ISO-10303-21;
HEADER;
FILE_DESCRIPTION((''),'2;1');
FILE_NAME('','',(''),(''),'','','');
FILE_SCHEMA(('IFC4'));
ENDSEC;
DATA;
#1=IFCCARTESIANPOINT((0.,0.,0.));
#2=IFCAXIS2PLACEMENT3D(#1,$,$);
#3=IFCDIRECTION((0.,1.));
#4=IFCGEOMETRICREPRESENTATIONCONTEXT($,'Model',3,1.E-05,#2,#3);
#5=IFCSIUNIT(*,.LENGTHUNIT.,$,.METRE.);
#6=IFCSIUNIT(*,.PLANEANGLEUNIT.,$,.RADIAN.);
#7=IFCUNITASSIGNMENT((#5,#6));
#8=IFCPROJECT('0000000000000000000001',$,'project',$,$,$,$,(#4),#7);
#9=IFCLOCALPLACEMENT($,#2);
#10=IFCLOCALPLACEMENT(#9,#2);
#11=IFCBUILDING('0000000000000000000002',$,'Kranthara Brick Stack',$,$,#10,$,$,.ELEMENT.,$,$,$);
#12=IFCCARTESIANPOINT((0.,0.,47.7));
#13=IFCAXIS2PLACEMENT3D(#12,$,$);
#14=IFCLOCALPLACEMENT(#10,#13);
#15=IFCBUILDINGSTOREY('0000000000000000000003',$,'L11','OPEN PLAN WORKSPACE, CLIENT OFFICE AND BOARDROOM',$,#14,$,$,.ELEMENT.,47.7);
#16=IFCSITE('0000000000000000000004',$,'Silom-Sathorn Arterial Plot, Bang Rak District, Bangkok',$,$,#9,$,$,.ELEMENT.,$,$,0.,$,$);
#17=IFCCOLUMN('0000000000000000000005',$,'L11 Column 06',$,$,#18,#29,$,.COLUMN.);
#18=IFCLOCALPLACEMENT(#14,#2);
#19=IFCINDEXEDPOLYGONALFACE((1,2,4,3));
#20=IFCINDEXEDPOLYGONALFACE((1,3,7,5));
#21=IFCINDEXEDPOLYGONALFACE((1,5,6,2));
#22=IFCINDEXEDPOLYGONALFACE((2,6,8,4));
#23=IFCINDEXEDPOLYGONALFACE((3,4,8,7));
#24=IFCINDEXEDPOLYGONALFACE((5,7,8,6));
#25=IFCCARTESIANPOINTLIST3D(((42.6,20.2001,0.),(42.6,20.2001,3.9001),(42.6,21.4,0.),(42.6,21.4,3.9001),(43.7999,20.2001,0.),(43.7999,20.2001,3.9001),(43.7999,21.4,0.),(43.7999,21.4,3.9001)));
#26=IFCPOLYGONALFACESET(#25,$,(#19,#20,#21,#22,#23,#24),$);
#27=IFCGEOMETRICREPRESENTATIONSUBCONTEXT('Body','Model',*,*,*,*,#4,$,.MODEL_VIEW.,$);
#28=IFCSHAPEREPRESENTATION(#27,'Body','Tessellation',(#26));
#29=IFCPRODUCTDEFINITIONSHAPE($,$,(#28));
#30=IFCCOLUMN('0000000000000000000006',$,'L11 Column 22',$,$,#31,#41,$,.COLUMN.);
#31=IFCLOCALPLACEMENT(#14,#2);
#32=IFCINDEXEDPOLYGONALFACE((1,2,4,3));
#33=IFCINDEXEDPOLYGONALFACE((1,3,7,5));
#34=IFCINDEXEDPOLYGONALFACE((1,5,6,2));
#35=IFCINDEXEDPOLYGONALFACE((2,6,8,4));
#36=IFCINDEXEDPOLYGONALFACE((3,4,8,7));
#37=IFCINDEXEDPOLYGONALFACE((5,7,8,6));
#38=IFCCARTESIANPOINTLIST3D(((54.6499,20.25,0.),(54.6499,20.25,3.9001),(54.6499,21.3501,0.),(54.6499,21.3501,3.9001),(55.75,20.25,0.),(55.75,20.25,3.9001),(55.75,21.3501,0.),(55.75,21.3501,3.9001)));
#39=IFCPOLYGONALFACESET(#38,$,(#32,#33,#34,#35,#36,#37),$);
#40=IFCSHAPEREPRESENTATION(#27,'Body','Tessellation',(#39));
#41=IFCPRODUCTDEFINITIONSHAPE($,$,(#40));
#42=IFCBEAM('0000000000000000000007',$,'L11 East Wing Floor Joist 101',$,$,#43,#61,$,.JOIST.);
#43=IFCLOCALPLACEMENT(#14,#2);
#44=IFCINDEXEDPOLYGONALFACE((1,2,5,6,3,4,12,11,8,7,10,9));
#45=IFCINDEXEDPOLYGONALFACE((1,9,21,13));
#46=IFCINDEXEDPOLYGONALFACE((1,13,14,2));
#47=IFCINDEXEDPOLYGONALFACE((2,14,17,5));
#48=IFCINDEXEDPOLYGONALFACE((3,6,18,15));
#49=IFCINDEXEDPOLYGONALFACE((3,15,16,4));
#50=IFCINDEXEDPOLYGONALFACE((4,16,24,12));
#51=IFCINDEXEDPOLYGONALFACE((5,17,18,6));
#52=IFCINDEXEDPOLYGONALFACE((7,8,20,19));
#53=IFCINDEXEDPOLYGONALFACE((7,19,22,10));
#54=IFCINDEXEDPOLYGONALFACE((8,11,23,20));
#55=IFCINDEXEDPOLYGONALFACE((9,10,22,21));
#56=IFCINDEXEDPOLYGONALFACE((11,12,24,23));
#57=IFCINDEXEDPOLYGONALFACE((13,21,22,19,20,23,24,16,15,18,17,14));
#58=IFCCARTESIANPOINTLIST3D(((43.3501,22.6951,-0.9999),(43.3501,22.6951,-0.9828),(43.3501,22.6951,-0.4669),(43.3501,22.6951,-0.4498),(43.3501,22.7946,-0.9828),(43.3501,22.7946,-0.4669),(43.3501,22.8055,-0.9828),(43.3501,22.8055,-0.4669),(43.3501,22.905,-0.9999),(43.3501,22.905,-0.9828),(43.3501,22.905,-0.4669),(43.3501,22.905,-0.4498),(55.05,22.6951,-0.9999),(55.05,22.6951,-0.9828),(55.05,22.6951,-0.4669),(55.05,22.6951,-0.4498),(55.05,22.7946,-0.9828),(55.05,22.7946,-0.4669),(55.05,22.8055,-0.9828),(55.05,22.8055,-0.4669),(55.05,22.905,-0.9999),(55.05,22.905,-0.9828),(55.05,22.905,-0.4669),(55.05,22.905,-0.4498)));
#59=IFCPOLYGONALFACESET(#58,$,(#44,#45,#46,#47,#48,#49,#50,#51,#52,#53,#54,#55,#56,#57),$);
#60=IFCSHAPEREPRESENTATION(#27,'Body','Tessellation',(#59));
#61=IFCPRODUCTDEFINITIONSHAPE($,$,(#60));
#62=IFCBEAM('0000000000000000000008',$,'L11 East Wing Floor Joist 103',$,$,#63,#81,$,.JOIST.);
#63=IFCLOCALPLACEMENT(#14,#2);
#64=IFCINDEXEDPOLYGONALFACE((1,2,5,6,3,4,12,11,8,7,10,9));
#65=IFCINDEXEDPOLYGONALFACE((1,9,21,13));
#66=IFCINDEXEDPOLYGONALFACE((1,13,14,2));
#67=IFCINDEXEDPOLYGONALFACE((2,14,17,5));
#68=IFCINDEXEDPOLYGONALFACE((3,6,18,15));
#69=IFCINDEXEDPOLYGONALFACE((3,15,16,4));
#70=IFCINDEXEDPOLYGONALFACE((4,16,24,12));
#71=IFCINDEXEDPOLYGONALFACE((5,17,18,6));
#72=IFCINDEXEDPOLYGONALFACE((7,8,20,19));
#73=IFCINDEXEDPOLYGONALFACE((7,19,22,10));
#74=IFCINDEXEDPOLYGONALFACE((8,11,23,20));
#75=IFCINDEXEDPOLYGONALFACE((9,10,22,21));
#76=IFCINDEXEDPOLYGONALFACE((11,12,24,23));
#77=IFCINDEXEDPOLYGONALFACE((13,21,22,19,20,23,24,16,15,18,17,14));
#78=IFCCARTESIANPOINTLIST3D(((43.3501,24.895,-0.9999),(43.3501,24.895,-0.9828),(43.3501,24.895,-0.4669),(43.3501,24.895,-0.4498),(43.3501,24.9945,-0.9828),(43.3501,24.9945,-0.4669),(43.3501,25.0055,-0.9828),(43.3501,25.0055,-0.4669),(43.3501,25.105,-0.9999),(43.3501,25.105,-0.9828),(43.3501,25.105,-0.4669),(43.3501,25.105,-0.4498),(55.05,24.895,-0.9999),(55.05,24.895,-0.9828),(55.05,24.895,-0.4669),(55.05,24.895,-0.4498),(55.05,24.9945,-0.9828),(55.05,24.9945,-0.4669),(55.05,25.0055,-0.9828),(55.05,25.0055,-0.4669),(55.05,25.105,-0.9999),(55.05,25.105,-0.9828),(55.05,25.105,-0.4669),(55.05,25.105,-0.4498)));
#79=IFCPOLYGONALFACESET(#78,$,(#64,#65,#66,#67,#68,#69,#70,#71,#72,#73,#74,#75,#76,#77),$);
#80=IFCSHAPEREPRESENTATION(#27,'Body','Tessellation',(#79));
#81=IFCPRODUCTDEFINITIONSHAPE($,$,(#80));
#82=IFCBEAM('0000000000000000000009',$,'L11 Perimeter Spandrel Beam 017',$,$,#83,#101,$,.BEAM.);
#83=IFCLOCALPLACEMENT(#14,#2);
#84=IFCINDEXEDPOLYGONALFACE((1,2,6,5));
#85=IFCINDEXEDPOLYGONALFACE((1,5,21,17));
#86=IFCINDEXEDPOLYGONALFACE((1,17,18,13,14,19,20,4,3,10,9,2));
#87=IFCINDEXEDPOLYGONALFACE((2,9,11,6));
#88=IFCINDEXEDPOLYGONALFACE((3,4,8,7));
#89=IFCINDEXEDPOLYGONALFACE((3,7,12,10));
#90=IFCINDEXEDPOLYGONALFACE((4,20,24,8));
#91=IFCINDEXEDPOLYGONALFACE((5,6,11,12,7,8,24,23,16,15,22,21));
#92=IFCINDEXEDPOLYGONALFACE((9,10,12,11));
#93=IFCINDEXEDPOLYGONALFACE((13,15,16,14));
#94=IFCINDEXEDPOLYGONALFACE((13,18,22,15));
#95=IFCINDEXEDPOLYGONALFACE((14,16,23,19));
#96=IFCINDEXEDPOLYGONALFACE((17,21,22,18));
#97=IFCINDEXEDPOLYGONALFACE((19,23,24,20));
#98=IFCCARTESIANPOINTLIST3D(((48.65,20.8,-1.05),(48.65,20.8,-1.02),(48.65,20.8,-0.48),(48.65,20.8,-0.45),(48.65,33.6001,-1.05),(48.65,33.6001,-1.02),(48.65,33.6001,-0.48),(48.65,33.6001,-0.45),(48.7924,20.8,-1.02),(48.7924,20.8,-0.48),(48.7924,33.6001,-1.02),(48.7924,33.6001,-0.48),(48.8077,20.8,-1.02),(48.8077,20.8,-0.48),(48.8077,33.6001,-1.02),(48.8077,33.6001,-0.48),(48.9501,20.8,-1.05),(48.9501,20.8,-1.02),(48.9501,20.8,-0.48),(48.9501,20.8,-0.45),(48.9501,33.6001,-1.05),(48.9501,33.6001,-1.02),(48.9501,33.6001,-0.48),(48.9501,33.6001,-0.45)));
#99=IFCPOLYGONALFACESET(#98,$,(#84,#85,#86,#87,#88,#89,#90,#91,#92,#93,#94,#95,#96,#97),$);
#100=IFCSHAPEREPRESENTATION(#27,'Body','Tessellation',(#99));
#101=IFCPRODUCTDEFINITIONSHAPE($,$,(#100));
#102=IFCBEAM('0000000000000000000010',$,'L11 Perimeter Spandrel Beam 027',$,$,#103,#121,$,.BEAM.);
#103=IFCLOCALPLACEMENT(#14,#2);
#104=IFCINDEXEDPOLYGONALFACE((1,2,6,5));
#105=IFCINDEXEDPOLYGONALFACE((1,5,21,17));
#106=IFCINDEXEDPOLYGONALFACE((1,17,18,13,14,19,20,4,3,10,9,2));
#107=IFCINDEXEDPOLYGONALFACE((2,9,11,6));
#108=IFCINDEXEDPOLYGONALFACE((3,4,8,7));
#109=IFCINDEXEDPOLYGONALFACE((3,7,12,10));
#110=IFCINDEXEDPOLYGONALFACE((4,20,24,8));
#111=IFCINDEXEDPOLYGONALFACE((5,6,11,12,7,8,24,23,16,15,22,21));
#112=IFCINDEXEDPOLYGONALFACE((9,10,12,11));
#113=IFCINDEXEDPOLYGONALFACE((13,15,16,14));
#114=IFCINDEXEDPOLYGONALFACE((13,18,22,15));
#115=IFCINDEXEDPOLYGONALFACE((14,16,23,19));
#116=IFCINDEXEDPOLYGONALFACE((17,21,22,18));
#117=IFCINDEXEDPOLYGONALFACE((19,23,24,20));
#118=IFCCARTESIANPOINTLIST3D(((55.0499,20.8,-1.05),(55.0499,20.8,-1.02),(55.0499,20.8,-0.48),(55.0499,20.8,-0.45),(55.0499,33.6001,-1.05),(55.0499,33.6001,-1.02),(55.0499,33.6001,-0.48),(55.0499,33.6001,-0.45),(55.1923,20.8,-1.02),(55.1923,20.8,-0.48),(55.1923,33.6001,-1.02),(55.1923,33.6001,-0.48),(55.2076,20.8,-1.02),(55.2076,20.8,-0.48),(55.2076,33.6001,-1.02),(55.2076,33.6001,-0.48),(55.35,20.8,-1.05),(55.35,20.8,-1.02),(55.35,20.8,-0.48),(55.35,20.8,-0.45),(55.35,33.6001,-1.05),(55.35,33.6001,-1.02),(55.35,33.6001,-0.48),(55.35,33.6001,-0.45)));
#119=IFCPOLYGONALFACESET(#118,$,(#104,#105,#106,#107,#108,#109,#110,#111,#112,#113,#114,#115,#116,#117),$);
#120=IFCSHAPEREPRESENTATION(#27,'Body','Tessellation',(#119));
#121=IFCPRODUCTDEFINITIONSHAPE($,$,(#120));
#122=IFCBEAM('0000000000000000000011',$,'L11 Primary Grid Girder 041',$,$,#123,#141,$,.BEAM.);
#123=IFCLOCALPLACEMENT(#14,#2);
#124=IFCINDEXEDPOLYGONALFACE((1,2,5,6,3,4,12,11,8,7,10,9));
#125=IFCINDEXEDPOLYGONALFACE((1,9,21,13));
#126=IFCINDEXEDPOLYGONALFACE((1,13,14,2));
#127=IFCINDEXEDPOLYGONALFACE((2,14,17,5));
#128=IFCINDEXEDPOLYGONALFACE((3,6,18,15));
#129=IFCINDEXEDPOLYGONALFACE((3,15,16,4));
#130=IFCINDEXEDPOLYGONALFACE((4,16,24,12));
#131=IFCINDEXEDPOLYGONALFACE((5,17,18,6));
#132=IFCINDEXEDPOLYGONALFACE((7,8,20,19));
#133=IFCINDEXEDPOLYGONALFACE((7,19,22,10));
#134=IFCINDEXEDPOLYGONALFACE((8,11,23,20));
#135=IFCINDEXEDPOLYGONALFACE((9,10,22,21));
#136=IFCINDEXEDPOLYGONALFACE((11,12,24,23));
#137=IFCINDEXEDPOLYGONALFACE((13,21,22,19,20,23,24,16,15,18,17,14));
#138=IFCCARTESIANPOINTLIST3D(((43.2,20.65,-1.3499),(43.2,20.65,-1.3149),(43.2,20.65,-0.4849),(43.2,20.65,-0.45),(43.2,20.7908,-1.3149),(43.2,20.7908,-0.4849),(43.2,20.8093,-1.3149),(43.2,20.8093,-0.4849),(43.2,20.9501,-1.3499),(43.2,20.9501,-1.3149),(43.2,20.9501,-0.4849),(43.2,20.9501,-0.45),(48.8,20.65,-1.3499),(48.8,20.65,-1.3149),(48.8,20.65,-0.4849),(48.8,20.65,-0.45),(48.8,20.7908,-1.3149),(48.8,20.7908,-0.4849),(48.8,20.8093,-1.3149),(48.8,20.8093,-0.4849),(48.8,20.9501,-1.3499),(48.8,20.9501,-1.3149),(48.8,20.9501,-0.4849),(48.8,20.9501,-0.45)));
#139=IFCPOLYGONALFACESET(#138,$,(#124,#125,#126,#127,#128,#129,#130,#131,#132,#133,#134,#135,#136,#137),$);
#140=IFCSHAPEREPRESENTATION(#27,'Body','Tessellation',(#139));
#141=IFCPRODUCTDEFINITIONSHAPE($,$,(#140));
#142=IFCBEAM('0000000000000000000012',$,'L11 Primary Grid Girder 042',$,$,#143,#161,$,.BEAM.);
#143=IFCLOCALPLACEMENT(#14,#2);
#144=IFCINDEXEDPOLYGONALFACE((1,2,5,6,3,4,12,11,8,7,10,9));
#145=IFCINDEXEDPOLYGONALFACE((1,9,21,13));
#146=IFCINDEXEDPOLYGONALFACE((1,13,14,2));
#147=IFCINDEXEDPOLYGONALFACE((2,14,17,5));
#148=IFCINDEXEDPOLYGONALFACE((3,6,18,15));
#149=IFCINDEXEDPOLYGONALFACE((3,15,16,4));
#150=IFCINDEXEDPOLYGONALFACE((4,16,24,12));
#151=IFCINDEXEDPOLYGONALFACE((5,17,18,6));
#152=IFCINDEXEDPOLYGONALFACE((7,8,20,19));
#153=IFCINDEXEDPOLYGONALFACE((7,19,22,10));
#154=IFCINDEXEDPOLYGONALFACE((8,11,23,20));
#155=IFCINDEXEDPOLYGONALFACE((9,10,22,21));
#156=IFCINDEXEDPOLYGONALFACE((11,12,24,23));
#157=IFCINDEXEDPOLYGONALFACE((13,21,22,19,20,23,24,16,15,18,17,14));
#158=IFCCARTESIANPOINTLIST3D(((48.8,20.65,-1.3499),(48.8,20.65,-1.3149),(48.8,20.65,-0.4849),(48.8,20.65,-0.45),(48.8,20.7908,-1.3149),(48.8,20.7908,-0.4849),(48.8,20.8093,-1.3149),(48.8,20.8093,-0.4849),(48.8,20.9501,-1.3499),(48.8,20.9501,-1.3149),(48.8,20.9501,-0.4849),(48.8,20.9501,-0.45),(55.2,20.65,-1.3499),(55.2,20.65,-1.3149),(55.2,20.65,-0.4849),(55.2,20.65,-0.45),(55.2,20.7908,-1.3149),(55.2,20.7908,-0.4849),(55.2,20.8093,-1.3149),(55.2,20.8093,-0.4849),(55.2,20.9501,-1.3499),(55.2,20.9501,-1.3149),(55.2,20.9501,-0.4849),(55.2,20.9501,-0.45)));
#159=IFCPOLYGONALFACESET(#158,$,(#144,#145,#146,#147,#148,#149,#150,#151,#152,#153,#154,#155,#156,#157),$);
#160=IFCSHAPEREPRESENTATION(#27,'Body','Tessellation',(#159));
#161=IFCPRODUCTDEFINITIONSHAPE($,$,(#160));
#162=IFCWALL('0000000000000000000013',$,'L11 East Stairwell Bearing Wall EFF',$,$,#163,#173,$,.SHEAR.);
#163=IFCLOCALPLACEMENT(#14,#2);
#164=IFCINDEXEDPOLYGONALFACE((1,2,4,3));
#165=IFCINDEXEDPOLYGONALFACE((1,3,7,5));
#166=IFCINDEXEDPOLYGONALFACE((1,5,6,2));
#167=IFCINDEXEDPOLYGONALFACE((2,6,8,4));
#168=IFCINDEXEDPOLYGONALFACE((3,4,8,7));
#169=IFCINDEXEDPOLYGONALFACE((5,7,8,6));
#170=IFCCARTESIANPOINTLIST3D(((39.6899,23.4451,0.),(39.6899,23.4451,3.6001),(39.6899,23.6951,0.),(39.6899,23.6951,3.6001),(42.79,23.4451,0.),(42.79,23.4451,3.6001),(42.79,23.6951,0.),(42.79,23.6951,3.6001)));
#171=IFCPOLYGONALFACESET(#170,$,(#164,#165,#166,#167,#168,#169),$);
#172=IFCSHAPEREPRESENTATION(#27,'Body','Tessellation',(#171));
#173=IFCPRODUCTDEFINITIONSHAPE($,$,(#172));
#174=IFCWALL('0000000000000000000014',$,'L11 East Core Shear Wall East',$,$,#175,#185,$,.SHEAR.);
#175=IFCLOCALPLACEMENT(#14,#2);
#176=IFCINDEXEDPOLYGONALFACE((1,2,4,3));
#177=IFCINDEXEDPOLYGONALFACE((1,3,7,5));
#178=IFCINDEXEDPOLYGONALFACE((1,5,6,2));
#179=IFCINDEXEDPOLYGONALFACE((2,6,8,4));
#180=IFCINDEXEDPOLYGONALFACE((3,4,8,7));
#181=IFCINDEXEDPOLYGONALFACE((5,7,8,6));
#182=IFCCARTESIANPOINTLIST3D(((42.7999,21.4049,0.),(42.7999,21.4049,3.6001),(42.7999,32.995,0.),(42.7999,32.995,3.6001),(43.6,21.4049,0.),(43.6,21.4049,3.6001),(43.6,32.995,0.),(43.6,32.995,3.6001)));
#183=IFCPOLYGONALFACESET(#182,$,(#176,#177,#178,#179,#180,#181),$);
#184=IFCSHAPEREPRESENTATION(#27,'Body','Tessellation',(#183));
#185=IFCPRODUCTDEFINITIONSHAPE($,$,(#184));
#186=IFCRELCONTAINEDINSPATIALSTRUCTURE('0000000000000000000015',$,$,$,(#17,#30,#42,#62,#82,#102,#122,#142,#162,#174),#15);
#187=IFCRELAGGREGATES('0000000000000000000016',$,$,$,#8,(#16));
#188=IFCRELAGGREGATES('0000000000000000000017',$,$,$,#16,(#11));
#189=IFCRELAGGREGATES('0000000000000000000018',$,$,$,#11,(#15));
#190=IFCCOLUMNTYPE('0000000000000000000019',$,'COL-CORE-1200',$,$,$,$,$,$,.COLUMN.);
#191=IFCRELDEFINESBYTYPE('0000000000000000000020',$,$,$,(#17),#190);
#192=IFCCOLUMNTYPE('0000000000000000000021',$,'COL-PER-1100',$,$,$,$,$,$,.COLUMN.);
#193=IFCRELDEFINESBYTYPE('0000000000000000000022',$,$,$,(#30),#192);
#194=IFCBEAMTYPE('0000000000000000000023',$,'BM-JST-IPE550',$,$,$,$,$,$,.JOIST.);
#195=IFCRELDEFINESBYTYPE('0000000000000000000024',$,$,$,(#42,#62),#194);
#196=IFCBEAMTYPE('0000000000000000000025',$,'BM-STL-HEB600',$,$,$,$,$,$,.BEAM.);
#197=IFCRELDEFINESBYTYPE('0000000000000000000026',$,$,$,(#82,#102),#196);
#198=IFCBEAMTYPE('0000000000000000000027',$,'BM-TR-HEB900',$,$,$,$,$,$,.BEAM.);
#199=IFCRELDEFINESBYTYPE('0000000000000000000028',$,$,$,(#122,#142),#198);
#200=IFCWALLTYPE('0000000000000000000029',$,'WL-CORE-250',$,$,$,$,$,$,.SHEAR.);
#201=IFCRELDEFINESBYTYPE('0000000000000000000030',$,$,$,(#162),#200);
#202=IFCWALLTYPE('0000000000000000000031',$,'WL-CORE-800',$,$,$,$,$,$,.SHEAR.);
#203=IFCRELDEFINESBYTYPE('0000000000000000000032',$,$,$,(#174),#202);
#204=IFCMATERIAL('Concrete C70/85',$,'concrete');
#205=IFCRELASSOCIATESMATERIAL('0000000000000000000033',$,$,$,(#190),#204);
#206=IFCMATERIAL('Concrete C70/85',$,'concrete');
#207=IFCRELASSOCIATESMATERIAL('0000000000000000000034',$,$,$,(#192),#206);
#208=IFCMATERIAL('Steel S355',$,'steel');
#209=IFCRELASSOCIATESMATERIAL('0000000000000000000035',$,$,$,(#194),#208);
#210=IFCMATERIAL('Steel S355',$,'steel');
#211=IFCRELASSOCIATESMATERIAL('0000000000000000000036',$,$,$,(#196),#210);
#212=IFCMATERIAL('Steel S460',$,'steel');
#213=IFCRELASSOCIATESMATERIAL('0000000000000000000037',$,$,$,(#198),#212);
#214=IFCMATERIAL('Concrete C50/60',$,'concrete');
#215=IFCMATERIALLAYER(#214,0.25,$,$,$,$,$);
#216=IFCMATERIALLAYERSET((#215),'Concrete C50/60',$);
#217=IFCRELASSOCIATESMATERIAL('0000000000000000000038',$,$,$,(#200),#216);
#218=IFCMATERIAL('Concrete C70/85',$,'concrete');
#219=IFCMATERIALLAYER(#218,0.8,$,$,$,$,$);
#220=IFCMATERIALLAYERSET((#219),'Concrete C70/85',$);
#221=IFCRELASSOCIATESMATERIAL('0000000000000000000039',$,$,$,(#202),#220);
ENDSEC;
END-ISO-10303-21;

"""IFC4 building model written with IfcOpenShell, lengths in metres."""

from ifc_helpers import new_model, si_unit, direction, frame, frame_2d, origin, origin_2d, place, context, subcontext, project, spatial, rectangle, i_section, extrude, material, layer, layer_set, material_profile, profile_set, type_object, element, save


model = new_model("IFC4")

# Units and contexts
model_context = context("Model", 3, precision=1e-05, world=origin(), true_north=direction((0.0, 1.0)))
body_context = subcontext(model_context, "Body", "Model", "MODEL_VIEW")
ifc_project = project(units=[si_unit("LENGTHUNIT", "METRE"), si_unit("PLANEANGLEUNIT", "RADIAN")], contexts=[model_context])

# Site, building, storey
site_placement = place(None, origin())
site = spatial("IfcSite", under=ifc_project, at=site_placement, Name="Silom-Sathorn Arterial Plot, Bang Rak District, Bangkok", CompositionType="ELEMENT", RefElevation=0.0)
building_placement = place(site_placement, origin())
building = spatial("IfcBuilding", under=site, at=building_placement, Name="Kranthara Brick Stack", CompositionType="ELEMENT")
storey_placement = place(building_placement, frame((0.0, 0.0, 47.7)))
storey = spatial("IfcBuildingStorey", under=building, at=storey_placement, Name="L11", Description="OPEN PLAN WORKSPACE, CLIENT OFFICE AND BOARDROOM", CompositionType="ELEMENT", Elevation=47.7)

# Columns
ifc_material_1 = material(Name="Concrete C70/85", Category="concrete")
ifc_material_profile_1 = material_profile(ifc_material_1, rectangle(XDim=1.2, YDim=1.2, at=origin_2d()), Name="RC 1200x1200")
ifc_profile_set_1 = profile_set([ifc_material_profile_1], Name="Concrete C70/85")
column_type_1 = type_object("IfcColumnType", Name="COL-CORE-1200", PredefinedType="COLUMN", material=ifc_profile_set_1)
column_1_placement = place(storey_placement, frame((43.2, 20.8, 0.0), z_axis=(0.0, 0.0, 1.0), x_axis=(1.0, 0.0, 0.0)))
element("IfcColumn", 1, at=column_1_placement, inside=storey, type_object=column_type_1, Name="L11 Column 06", PredefinedType="COLUMN", context=body_context, shape_type="SweptSolid", body=[
    extrude(rectangle(XDim=1.2, YDim=1.2, at=origin_2d()), origin(), (0.0, 0.0, 1.0), 3.9001),
])
ifc_material_2 = material(Name="Concrete C70/85", Category="concrete")
ifc_material_profile_2 = material_profile(ifc_material_2, rectangle(XDim=1.1001, YDim=1.1001, at=origin_2d()), Name="RC 1100x1100")
ifc_profile_set_2 = profile_set([ifc_material_profile_2], Name="Concrete C70/85")
column_type_2 = type_object("IfcColumnType", Name="COL-PER-1100", PredefinedType="COLUMN", material=ifc_profile_set_2)
column_2_placement = place(storey_placement, frame((55.2, 20.8, 0.0), z_axis=(0.0, 0.0, 1.0), x_axis=(1.0, 0.0, 0.0)))
element("IfcColumn", 2, at=column_2_placement, inside=storey, type_object=column_type_2, Name="L11 Column 22", PredefinedType="COLUMN", context=body_context, shape_type="SweptSolid", body=[
    extrude(rectangle(XDim=1.1001, YDim=1.1001, at=origin_2d()), origin(), (0.0, 0.0, 1.0), 3.9001),
])

# Beams
ifc_material_3 = material(Name="Steel S355", Category="steel")
ifc_material_profile_3 = material_profile(ifc_material_3, i_section(OverallWidth=0.21, OverallDepth=0.55, WebThickness=0.011, FlangeThickness=0.0171, at=origin_2d()), Name="IPE 550")
ifc_profile_set_3 = profile_set([ifc_material_profile_3], Name="Steel S355")
beam_type_1 = type_object("IfcBeamType", Name="BM-JST-IPE550", PredefinedType="JOIST", material=ifc_profile_set_3)
for number, where, z_axis, x_axis, name in (
    (3, (43.3501, 22.8, -0.7249), (1.0, 0.0, 0.0), (0.0, 1.0, 0.0), "L11 East Wing Floor Joist 101"),
    (4, (43.3501, 25.0, -0.7249), (1.0, 0.0, 0.0), (0.0, 1.0, 0.0), "L11 East Wing Floor Joist 103"),
):
    element("IfcBeam", number, at=place(storey_placement, frame(where, z_axis=z_axis, x_axis=x_axis)), inside=storey, type_object=beam_type_1, Name=name, PredefinedType="JOIST", context=body_context, shape_type="SweptSolid", body=[
        extrude(i_section(OverallWidth=0.21, OverallDepth=0.55, WebThickness=0.011, FlangeThickness=0.0171, at=origin_2d()), origin(), (0.0, 0.0, 1.0), 11.7),
    ])
ifc_material_4 = material(Name="Steel S355", Category="steel")
ifc_material_profile_4 = material_profile(ifc_material_4, i_section(OverallWidth=0.3, OverallDepth=0.6001, WebThickness=0.0154, FlangeThickness=0.03, at=origin_2d()), Name="HEB 600")
ifc_profile_set_4 = profile_set([ifc_material_profile_4], Name="Steel S355")
beam_type_2 = type_object("IfcBeamType", Name="BM-STL-HEB600", PredefinedType="BEAM", material=ifc_profile_set_4)
for number, where, z_axis, x_axis, name in (
    (5, (48.8, 20.8, -0.75), (0.0, 1.0, 0.0), (-1.0, 0.0, 0.0), "L11 Perimeter Spandrel Beam 017"),
    (6, (55.2, 20.8, -0.75), (0.0, 1.0, 0.0), (-1.0, 0.0, 0.0), "L11 Perimeter Spandrel Beam 027"),
):
    element("IfcBeam", number, at=place(storey_placement, frame(where, z_axis=z_axis, x_axis=x_axis)), inside=storey, type_object=beam_type_2, Name=name, PredefinedType="BEAM", context=body_context, shape_type="SweptSolid", body=[
        extrude(i_section(OverallWidth=0.3, OverallDepth=0.6001, WebThickness=0.0154, FlangeThickness=0.03, at=origin_2d()), origin(), (0.0, 0.0, 1.0), 12.8),
    ])
ifc_material_5 = material(Name="Steel S460", Category="steel")
ifc_material_profile_5 = material_profile(ifc_material_5, i_section(OverallWidth=0.3, OverallDepth=0.8999, WebThickness=0.0186, FlangeThickness=0.0349, at=origin_2d()), Name="HEB 900")
ifc_profile_set_5 = profile_set([ifc_material_profile_5], Name="Steel S460")
beam_type_3 = type_object("IfcBeamType", Name="BM-TR-HEB900", PredefinedType="BEAM", material=ifc_profile_set_5)
beam_1_placement = place(storey_placement, frame((43.2, 20.8, -0.8999), z_axis=(1.0, 0.0, 0.0), x_axis=(0.0, 1.0, 0.0)))
element("IfcBeam", 7, at=beam_1_placement, inside=storey, type_object=beam_type_3, Name="L11 Primary Grid Girder 041", PredefinedType="BEAM", context=body_context, shape_type="SweptSolid", body=[
    extrude(i_section(OverallWidth=0.3, OverallDepth=0.8999, WebThickness=0.0186, FlangeThickness=0.0349, at=origin_2d()), origin(), (0.0, 0.0, 1.0), 5.6001),
])
beam_2_placement = place(storey_placement, frame((48.8, 20.8, -0.8999), z_axis=(1.0, 0.0, 0.0), x_axis=(0.0, 1.0, 0.0)))
element("IfcBeam", 8, at=beam_2_placement, inside=storey, type_object=beam_type_3, Name="L11 Primary Grid Girder 042", PredefinedType="BEAM", context=body_context, shape_type="SweptSolid", body=[
    extrude(i_section(OverallWidth=0.3, OverallDepth=0.8999, WebThickness=0.0186, FlangeThickness=0.0349, at=origin_2d()), origin(), (0.0, 0.0, 1.0), 6.3999),
])

# Walls
ifc_material_6 = material(Name="Concrete C50/60", Category="concrete")
ifc_layer_1 = layer(ifc_material_6, 0.25)
ifc_layer_set_1 = layer_set([ifc_layer_1], Name="Concrete C50/60")
wall_type_1 = type_object("IfcWallType", Name="WL-CORE-250", PredefinedType="SHEAR", material=ifc_layer_set_1)
wall_1_placement = place(storey_placement, frame((39.6899, 23.5701, 0.0), z_axis=(0.0, 0.0, 1.0), x_axis=(1.0, 0.0, 0.0)))
element("IfcWall", 9, at=wall_1_placement, inside=storey, type_object=wall_type_1, Name="L11 East Stairwell Bearing Wall EFF", PredefinedType="SHEAR", context=body_context, shape_type="SweptSolid", body=[
    extrude(rectangle(XDim=3.1001, YDim=0.25, at=frame_2d((1.55, 0.0))), origin(), (0.0, 0.0, 1.0), 3.6001),
])
ifc_material_7 = material(Name="Concrete C70/85", Category="concrete")
ifc_layer_2 = layer(ifc_material_7, 0.8)
ifc_layer_set_2 = layer_set([ifc_layer_2], Name="Concrete C70/85")
wall_type_2 = type_object("IfcWallType", Name="WL-CORE-800", PredefinedType="SHEAR", material=ifc_layer_set_2)
wall_2_placement = place(storey_placement, frame((43.2, 21.405, 0.0), z_axis=(0.0, 0.0, 1.0), x_axis=(0.0, 1.0, 0.0)))
element("IfcWall", 10, at=wall_2_placement, inside=storey, type_object=wall_type_2, Name="L11 East Core Shear Wall East", PredefinedType="SHEAR", context=body_context, shape_type="SweptSolid", body=[
    extrude(rectangle(XDim=11.5901, YDim=0.8, at=frame_2d((5.7949, 0.0))), origin(), (0.0, 0.0, 1.0), 3.6001),
])

save(model, "model.ifc")
